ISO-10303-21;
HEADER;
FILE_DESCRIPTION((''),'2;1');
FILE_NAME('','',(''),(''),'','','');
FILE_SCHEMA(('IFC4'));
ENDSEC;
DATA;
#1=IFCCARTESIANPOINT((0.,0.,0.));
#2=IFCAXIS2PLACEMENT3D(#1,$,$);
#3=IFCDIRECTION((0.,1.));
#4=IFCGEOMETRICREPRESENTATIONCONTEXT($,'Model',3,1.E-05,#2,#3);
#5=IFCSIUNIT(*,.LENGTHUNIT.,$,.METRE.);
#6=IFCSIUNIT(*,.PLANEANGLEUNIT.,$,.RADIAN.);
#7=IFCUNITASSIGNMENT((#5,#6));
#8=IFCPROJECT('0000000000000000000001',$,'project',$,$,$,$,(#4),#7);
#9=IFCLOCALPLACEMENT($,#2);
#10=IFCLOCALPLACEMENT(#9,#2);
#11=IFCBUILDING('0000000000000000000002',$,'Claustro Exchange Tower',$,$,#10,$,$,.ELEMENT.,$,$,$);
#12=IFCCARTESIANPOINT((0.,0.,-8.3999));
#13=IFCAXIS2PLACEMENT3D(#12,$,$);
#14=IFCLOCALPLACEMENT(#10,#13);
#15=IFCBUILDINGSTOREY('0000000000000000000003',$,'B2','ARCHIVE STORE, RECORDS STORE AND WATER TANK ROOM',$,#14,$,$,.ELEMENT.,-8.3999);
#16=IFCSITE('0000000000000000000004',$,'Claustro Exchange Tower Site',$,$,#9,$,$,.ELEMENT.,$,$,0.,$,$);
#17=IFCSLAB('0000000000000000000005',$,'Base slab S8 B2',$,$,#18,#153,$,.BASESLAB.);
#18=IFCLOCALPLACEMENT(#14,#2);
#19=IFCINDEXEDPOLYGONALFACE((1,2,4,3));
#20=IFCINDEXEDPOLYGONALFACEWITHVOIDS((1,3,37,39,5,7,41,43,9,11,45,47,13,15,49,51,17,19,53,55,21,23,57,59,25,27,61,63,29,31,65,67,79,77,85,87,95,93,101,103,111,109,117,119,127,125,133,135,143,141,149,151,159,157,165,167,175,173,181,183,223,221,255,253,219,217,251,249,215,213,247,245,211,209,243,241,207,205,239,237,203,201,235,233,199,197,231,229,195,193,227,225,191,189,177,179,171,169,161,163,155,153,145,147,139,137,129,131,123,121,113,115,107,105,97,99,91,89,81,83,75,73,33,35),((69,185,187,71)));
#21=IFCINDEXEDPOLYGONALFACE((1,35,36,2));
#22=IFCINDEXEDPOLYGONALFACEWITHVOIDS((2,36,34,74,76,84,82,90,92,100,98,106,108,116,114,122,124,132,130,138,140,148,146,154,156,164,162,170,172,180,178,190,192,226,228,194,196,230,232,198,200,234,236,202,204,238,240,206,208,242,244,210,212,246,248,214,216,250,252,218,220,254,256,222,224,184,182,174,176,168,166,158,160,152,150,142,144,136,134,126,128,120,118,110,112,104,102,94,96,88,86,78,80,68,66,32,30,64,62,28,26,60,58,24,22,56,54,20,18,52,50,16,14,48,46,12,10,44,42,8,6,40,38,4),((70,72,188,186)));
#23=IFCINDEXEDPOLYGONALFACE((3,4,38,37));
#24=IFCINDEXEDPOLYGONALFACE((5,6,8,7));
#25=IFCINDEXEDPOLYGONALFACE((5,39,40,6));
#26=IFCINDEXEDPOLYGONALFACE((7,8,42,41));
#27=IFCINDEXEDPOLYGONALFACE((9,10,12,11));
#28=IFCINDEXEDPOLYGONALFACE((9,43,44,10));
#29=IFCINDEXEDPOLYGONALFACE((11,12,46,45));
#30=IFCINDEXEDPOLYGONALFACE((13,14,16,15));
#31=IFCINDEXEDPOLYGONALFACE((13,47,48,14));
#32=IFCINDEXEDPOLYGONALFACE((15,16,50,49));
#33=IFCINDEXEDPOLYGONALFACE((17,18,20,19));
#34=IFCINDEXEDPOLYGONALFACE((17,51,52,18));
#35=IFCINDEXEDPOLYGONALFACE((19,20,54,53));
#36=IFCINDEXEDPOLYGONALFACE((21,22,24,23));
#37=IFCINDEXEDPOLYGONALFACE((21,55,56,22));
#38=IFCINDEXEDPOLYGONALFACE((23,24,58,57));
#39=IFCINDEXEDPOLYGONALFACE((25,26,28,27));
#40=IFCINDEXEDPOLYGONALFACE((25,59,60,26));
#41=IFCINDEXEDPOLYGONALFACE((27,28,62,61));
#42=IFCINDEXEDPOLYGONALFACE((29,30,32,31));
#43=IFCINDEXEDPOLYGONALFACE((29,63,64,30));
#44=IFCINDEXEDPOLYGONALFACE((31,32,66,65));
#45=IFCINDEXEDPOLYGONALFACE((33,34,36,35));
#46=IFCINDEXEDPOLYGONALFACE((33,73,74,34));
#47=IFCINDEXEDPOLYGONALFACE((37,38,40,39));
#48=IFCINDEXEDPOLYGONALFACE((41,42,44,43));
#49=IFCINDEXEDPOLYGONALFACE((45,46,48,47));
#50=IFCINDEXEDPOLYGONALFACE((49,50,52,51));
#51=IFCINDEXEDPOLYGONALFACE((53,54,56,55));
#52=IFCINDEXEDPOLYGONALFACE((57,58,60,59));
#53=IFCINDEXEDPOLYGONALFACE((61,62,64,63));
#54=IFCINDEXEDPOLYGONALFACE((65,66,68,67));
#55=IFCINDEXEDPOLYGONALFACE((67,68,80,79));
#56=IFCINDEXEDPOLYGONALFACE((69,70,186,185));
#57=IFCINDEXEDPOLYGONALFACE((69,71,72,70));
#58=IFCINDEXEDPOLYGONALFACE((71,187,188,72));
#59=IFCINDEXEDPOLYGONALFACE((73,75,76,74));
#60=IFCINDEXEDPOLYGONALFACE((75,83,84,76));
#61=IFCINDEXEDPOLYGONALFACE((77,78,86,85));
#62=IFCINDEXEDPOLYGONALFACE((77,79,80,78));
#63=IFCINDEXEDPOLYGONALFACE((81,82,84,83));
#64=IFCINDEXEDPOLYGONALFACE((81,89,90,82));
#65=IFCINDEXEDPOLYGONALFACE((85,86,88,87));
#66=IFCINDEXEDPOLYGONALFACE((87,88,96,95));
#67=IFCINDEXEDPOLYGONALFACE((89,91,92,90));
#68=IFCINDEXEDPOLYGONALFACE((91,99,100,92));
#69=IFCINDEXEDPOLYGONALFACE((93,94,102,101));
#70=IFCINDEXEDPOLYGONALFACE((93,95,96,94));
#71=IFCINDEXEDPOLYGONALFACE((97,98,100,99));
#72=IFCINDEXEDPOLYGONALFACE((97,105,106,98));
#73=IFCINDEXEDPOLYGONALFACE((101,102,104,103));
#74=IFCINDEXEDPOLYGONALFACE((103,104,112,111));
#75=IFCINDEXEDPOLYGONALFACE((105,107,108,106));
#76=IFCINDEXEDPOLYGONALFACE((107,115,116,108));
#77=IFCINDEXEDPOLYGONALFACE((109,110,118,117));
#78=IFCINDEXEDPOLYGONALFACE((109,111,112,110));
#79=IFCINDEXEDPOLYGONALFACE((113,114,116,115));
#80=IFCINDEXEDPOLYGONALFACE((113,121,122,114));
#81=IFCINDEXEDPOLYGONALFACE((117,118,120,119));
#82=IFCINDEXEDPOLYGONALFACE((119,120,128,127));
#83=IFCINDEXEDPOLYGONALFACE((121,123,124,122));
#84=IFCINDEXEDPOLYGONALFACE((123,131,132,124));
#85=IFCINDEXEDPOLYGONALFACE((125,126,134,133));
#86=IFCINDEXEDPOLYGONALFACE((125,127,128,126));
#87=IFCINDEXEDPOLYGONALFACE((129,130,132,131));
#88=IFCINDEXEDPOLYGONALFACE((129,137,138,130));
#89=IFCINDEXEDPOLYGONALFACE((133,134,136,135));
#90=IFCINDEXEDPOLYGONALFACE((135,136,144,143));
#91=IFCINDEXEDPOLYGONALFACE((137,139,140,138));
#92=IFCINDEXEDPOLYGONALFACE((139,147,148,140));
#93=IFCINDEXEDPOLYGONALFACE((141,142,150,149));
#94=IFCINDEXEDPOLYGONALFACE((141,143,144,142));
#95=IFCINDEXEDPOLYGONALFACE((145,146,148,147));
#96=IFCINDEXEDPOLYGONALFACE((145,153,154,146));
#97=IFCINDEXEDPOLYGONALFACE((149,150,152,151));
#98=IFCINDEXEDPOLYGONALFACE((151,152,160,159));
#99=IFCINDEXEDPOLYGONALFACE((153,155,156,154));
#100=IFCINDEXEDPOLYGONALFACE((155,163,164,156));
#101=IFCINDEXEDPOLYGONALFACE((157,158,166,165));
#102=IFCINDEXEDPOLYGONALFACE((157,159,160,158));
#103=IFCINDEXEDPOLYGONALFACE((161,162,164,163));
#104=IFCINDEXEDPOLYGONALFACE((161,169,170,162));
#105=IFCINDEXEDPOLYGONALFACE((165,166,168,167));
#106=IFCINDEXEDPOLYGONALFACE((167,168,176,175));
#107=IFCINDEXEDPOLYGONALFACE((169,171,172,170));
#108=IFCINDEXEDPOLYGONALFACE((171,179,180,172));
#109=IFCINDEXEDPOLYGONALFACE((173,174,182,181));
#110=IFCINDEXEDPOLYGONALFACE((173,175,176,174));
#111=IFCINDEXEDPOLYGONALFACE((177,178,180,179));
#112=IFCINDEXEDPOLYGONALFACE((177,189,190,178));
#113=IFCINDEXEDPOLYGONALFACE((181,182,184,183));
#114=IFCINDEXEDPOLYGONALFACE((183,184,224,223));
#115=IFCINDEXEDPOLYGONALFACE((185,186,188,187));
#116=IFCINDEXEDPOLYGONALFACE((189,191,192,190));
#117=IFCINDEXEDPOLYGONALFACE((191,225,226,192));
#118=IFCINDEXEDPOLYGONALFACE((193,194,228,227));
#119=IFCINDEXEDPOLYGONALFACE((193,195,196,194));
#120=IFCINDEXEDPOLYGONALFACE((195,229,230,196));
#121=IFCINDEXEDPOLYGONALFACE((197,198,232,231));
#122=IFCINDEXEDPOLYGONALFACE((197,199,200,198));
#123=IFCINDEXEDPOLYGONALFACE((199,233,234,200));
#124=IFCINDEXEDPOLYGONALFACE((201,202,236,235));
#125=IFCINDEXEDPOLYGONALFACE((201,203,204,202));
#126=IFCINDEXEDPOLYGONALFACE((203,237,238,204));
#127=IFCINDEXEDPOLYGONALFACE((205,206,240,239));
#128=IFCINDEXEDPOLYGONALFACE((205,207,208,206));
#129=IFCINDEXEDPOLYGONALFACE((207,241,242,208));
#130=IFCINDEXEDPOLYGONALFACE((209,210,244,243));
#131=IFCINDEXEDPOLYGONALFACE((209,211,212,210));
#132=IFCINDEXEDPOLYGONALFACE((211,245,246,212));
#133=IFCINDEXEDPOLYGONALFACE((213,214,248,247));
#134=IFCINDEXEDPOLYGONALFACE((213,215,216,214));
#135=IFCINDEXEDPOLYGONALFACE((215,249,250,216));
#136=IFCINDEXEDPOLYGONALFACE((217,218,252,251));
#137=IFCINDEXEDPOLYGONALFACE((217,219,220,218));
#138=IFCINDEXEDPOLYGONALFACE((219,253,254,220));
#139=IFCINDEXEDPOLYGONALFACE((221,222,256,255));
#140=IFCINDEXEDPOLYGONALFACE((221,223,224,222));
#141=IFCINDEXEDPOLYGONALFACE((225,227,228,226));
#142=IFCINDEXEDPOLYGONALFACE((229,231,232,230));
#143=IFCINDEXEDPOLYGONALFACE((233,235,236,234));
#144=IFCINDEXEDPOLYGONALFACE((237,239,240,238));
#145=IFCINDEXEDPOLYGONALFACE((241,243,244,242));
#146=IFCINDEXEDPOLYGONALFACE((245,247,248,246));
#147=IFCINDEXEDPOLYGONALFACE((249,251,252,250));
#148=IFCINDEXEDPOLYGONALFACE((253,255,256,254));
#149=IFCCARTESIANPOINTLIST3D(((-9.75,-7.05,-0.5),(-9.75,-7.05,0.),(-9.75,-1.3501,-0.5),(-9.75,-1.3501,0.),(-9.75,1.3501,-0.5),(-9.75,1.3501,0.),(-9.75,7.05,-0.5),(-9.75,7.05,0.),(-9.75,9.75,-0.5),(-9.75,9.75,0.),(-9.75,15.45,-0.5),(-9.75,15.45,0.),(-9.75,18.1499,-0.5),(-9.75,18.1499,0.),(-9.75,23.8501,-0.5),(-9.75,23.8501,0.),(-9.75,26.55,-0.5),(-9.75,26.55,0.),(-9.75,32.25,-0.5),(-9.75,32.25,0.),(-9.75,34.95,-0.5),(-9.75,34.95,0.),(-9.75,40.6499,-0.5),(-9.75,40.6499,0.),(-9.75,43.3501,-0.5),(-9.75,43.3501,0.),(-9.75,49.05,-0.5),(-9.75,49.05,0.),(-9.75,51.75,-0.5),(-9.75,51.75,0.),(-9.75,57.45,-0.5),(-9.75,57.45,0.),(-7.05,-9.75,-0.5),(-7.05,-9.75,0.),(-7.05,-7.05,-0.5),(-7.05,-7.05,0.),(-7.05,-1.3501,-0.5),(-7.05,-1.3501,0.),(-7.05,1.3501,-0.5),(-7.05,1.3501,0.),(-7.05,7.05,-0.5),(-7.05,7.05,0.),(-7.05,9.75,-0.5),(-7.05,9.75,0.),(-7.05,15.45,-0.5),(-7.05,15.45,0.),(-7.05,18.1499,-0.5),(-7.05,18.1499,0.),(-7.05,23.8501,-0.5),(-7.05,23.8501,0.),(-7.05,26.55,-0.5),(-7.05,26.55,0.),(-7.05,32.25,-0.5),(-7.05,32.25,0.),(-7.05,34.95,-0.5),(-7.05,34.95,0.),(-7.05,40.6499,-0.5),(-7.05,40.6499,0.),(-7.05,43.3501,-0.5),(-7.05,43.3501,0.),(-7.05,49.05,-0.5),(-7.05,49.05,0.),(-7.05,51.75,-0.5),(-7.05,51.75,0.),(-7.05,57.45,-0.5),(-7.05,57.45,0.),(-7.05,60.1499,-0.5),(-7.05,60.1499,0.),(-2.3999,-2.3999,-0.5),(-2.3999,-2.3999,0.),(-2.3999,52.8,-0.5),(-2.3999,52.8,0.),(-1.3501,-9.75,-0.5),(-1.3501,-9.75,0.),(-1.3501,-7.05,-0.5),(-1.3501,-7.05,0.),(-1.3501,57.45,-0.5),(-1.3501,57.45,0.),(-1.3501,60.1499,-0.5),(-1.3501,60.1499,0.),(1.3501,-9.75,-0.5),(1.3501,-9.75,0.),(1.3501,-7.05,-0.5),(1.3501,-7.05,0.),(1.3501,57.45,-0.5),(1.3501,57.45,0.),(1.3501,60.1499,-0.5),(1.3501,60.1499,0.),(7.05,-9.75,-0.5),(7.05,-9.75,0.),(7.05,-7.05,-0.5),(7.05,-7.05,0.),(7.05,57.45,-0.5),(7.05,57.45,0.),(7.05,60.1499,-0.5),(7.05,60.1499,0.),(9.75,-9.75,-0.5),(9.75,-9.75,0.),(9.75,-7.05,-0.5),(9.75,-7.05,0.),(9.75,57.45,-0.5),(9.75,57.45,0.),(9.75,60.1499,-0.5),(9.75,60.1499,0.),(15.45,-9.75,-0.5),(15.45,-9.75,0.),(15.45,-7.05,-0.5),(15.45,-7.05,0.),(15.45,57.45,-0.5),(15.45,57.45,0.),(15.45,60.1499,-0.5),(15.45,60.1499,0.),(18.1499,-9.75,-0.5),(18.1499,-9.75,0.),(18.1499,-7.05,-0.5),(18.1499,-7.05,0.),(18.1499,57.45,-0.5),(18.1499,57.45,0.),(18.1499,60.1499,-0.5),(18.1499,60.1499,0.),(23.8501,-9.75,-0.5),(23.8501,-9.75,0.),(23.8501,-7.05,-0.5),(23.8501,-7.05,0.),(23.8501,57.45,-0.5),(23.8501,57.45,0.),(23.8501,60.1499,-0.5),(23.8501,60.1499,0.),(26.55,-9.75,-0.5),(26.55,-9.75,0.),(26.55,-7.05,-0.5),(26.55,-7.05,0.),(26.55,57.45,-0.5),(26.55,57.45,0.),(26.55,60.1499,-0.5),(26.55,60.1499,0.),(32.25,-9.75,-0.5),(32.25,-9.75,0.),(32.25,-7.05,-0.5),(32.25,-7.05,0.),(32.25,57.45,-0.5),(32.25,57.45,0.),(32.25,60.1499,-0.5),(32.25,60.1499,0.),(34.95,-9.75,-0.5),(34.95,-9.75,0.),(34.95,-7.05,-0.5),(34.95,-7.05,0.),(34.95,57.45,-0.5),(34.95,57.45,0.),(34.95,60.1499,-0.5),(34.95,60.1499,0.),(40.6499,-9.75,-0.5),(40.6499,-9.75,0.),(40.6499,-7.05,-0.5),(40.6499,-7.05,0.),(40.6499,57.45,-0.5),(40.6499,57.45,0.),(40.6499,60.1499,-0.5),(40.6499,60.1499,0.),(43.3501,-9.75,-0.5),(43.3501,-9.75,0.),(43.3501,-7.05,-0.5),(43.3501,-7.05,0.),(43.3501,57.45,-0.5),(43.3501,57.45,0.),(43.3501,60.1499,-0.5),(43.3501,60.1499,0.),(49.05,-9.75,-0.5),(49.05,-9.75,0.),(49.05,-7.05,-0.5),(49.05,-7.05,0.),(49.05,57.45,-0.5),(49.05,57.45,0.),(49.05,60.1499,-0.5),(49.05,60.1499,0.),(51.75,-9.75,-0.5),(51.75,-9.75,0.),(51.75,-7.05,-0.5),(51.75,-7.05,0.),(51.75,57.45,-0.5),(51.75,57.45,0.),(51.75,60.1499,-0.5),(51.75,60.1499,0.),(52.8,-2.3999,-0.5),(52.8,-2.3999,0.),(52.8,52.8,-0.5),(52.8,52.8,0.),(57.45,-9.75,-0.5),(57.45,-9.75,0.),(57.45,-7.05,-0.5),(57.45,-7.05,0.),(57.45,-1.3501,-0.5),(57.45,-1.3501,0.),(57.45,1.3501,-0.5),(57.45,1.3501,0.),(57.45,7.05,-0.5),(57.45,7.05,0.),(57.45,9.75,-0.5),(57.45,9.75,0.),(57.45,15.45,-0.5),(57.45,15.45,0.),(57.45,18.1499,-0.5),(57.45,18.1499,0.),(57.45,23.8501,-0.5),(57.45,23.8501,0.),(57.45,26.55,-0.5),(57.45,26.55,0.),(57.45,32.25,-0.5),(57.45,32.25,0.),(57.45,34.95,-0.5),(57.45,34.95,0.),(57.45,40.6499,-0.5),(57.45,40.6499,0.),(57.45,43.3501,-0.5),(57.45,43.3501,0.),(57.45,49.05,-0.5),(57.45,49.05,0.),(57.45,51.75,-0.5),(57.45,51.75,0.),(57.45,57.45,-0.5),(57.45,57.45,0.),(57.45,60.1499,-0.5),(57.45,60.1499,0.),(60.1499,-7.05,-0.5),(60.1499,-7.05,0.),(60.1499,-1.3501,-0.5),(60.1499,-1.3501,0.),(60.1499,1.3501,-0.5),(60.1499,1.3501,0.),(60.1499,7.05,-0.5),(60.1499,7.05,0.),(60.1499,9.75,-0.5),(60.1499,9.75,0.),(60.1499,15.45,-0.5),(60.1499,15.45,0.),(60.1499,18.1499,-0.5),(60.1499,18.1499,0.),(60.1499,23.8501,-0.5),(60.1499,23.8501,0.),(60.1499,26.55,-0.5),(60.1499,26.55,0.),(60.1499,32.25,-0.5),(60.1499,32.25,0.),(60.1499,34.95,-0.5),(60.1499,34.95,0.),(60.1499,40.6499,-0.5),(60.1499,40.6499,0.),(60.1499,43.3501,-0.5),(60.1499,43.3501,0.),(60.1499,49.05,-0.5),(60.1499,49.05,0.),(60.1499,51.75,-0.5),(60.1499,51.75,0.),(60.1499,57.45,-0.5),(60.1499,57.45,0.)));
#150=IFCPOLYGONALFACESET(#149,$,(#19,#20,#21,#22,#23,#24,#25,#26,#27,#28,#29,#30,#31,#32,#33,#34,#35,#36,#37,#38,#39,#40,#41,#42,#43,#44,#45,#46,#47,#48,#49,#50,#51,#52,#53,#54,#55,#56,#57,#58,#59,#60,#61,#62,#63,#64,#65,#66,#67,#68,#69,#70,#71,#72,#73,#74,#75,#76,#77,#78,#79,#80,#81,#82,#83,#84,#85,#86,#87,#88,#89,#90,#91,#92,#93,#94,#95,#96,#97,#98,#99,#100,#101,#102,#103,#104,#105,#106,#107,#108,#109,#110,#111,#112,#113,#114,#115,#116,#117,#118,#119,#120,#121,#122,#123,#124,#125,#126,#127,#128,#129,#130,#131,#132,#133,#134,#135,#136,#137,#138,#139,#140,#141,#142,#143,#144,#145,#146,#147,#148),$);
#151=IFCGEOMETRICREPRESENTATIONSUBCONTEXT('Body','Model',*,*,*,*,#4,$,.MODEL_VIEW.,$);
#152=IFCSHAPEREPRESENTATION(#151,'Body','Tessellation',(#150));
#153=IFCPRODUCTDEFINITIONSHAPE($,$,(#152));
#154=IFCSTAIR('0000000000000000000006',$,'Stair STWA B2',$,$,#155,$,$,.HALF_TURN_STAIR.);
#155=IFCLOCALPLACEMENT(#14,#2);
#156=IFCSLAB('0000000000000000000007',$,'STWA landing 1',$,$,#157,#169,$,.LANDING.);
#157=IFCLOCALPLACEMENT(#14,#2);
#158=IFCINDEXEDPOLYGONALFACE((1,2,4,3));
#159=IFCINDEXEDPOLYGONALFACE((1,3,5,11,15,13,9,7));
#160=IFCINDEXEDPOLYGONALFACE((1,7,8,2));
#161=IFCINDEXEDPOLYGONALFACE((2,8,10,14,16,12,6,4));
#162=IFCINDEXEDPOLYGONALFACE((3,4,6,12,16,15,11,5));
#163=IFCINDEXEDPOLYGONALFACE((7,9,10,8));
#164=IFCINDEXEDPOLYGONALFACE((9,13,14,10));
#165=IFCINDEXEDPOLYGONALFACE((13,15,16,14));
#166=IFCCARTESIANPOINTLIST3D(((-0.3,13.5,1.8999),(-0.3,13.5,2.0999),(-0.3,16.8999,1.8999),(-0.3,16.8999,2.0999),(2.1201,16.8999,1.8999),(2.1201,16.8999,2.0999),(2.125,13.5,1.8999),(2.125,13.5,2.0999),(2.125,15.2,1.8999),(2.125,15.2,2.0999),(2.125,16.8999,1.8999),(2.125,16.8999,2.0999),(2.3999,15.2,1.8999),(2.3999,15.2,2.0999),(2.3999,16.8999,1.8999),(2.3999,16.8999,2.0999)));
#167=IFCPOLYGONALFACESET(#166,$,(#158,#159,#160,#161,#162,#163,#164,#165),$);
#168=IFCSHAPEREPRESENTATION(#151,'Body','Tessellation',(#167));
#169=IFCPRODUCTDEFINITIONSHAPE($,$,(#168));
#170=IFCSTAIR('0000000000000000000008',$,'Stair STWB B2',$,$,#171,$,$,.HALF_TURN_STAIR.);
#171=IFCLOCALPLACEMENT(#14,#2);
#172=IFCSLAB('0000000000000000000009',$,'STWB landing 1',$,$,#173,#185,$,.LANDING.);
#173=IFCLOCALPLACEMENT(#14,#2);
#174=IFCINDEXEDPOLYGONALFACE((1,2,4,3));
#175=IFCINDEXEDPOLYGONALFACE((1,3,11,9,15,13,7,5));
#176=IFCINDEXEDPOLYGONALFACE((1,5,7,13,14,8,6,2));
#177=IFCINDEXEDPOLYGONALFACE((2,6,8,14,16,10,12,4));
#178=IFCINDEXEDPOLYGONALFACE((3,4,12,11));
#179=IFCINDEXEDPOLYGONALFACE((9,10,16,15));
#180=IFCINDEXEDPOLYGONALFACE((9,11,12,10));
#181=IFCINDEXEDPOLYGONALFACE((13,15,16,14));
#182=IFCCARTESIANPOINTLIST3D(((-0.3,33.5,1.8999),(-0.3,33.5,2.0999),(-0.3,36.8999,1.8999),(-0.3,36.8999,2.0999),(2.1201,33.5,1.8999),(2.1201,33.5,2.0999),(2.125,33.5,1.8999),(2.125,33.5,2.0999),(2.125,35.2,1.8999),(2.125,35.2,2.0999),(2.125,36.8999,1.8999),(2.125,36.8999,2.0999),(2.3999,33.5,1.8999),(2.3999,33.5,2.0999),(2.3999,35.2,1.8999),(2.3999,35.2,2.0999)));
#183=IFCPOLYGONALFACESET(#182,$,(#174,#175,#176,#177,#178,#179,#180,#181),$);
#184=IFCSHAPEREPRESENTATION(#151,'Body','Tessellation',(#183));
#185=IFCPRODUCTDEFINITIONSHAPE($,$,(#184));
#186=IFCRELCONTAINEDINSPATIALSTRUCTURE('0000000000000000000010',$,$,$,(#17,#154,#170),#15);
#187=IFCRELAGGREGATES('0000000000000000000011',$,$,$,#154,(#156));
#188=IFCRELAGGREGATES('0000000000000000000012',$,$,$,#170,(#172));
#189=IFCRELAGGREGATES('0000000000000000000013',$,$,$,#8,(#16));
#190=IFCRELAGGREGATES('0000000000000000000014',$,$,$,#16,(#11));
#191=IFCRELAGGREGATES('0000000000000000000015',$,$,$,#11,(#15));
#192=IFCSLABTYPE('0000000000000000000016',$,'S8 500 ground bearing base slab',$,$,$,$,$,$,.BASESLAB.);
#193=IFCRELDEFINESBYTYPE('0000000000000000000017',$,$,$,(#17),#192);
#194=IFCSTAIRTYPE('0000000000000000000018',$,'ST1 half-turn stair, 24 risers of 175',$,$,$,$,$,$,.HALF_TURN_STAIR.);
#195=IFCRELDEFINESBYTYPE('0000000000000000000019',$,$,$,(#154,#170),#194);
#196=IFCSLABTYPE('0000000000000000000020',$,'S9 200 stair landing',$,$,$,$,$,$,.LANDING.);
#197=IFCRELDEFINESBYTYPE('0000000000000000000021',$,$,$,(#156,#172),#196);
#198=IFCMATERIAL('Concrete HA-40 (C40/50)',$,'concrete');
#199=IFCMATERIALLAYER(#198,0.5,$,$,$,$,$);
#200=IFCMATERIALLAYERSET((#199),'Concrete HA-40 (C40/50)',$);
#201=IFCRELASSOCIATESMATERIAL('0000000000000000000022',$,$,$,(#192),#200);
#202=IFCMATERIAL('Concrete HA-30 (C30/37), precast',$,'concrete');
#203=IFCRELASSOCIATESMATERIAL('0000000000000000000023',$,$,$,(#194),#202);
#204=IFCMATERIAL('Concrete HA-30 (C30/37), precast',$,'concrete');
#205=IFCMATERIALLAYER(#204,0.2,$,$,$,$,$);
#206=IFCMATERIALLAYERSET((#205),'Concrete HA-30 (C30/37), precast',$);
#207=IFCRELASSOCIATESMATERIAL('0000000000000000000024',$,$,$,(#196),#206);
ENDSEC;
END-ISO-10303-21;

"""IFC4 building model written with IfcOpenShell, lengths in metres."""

from ifc_helpers import new_model, si_unit, direction, frame, origin, place, context, subcontext, project, spatial, polyline, outline, extrude, material, layer, layer_set, type_object, element, aggregate, save


model = new_model("IFC4")

# Units and contexts
model_context = context("Model", 3, precision=1e-05, world=origin(), true_north=direction((0.0, 1.0)))
body_context = subcontext(model_context, "Body", "Model", "MODEL_VIEW")
ifc_project = project(units=[si_unit("LENGTHUNIT", "METRE"), si_unit("PLANEANGLEUNIT", "RADIAN")], contexts=[model_context])

# Site, building, storey
site_placement = place(None, origin())
site = spatial("IfcSite", under=ifc_project, at=site_placement, Name="Claustro Exchange Tower Site", CompositionType="ELEMENT", RefElevation=0.0)
building_placement = place(site_placement, origin())
building = spatial("IfcBuilding", under=site, at=building_placement, Name="Claustro Exchange Tower", CompositionType="ELEMENT")
storey_placement = place(building_placement, frame((0.0, 0.0, -8.3999)))
storey = spatial("IfcBuildingStorey", under=building, at=storey_placement, Name="B2", Description="ARCHIVE STORE, RECORDS STORE AND WATER TANK ROOM", CompositionType="ELEMENT", Elevation=-8.3999)

# Slab
ifc_material_1 = material(Name="Concrete HA-40 (C40/50)", Category="concrete")
ifc_layer_1 = layer(ifc_material_1, 0.5)
ifc_layer_set_1 = layer_set([ifc_layer_1], Name="Concrete HA-40 (C40/50)")
slab_type_1 = type_object("IfcSlabType", Name="S8 500 ground bearing base slab", PredefinedType="BASESLAB", material=ifc_layer_set_1)
slab_1_placement = place(storey_placement, frame((0.0, 0.0, -0.5)))
element("IfcSlab", 1, at=slab_1_placement, inside=storey, type_object=slab_type_1, Name="Base slab S8 B2", PredefinedType="BASESLAB", context=body_context, shape_type="SweptSolid", body=[
    extrude(outline(polyline([(57.45, -7.05), (60.1499, -7.05), (60.1499, -1.3501), (57.45, -1.3501), (57.45, 1.3501), (60.1499, 1.3501), (60.1499, 7.05), (57.45, 7.05), (57.45, 9.75), (60.1499, 9.75), (60.1499, 15.45), (57.45, 15.45), (57.45, 18.1499), (60.1499, 18.1499), (60.1499, 23.8501), (57.45, 23.8501), (57.45, 26.55), (60.1499, 26.55), (60.1499, 32.25), (57.45, 32.25), (57.45, 34.95), (60.1499, 34.95), (60.1499, 40.6499), (57.45, 40.6499), (57.45, 43.3501), (60.1499, 43.3501), (60.1499, 49.05), (57.45, 49.05), (57.45, 51.75), (60.1499, 51.75), (60.1499, 57.45), (57.45, 57.45), (57.45, 60.1499), (51.75, 60.1499), (51.75, 57.45), (49.05, 57.45), (49.05, 60.1499), (43.3501, 60.1499), (43.3501, 57.45), (40.6499, 57.45), (40.6499, 60.1499), (34.95, 60.1499), (34.95, 57.45), (32.25, 57.45), (32.25, 60.1499), (26.55, 60.1499), (26.55, 57.45), (23.8501, 57.45), (23.8501, 60.1499), (18.1499, 60.1499), (18.1499, 57.45), (15.45, 57.45), (15.45, 60.1499), (9.75, 60.1499), (9.75, 57.45), (7.05, 57.45), (7.05, 60.1499), (1.3501, 60.1499), (1.3501, 57.45), (-1.3501, 57.45), (-1.3501, 60.1499), (-7.05, 60.1499), (-7.05, 57.45), (-9.75, 57.45), (-9.75, 51.75), (-7.05, 51.75), (-7.05, 49.05), (-9.75, 49.05), (-9.75, 43.3501), (-7.05, 43.3501), (-7.05, 40.6499), (-9.75, 40.6499), (-9.75, 34.95), (-7.05, 34.95), (-7.05, 32.25), (-9.75, 32.25), (-9.75, 26.55), (-7.05, 26.55), (-7.05, 23.8501), (-9.75, 23.8501), (-9.75, 18.1499), (-7.05, 18.1499), (-7.05, 15.45), (-9.75, 15.45), (-9.75, 9.75), (-7.05, 9.75), (-7.05, 7.05), (-9.75, 7.05), (-9.75, 1.3501), (-7.05, 1.3501), (-7.05, -1.3501), (-9.75, -1.3501), (-9.75, -7.05), (-7.05, -7.05), (-7.05, -9.75), (-1.3501, -9.75), (-1.3501, -7.05), (1.3501, -7.05), (1.3501, -9.75), (7.05, -9.75), (7.05, -7.05), (9.75, -7.05), (9.75, -9.75), (15.45, -9.75), (15.45, -7.05), (18.1499, -7.05), (18.1499, -9.75), (23.8501, -9.75), (23.8501, -7.05), (26.55, -7.05), (26.55, -9.75), (32.25, -9.75), (32.25, -7.05), (34.95, -7.05), (34.95, -9.75), (40.6499, -9.75), (40.6499, -7.05), (43.3501, -7.05), (43.3501, -9.75), (49.05, -9.75), (49.05, -7.05), (51.75, -7.05), (51.75, -9.75), (57.45, -9.75), (57.45, -7.05)]), holes=[polyline([(52.8, 52.8), (52.8, -2.3999), (-2.3999, -2.3999), (-2.3999, 52.8), (52.8, 52.8)])]), origin(), (0.0, 0.0, 1.0), 0.5),
])

# Stairs, slabs
ifc_material_2 = material(Name="Concrete HA-30 (C30/37), precast", Category="concrete")
stair_type = type_object("IfcStairType", Name="ST1 half-turn stair, 24 risers of 175", PredefinedType="HALF_TURN_STAIR", material=ifc_material_2)
stair_1_placement = place(storey_placement, origin())
stair_1 = element("IfcStair", 2, at=stair_1_placement, inside=storey, type_object=stair_type, Name="Stair STWA B2", PredefinedType="HALF_TURN_STAIR")
ifc_material_3 = material(Name="Concrete HA-30 (C30/37), precast", Category="concrete")
ifc_layer_2 = layer(ifc_material_3, 0.2)
ifc_layer_set_2 = layer_set([ifc_layer_2], Name="Concrete HA-30 (C30/37), precast")
slab_type_2 = type_object("IfcSlabType", Name="S9 200 stair landing", PredefinedType="LANDING", material=ifc_layer_set_2)
slab_2_placement = place(storey_placement, frame((0.0, 0.0, 1.8999)))
slab_2 = element("IfcSlab", 3, at=slab_2_placement, type_object=slab_type_2, Name="STWA landing 1", PredefinedType="LANDING", context=body_context, shape_type="SweptSolid", body=[
    extrude(outline(polyline([(2.125, 13.5), (-0.3, 13.5), (-0.3, 16.8999), (2.1201, 16.8999), (2.125, 16.8999), (2.3999, 16.8999), (2.3999, 15.2), (2.125, 15.2), (2.125, 13.5)])), origin(), (0.0, 0.0, 1.0), 0.2),
])
aggregate(stair_1, [slab_2])
stair_2_placement = place(storey_placement, origin())
stair_2 = element("IfcStair", 4, at=stair_2_placement, inside=storey, type_object=stair_type, Name="Stair STWB B2", PredefinedType="HALF_TURN_STAIR")
slab_3_placement = place(storey_placement, frame((0.0, 0.0, 1.8999)))
slab_3 = element("IfcSlab", 5, at=slab_3_placement, type_object=slab_type_2, Name="STWB landing 1", PredefinedType="LANDING", context=body_context, shape_type="SweptSolid", body=[
    extrude(outline(polyline([(2.3999, 35.2), (2.3999, 33.5), (2.125, 33.5), (2.1201, 33.5), (-0.3, 33.5), (-0.3, 36.8999), (2.125, 36.8999), (2.125, 35.2), (2.3999, 35.2)])), origin(), (0.0, 0.0, 1.0), 0.2),
])
aggregate(stair_2, [slab_3])

save(model, "model.ifc")
